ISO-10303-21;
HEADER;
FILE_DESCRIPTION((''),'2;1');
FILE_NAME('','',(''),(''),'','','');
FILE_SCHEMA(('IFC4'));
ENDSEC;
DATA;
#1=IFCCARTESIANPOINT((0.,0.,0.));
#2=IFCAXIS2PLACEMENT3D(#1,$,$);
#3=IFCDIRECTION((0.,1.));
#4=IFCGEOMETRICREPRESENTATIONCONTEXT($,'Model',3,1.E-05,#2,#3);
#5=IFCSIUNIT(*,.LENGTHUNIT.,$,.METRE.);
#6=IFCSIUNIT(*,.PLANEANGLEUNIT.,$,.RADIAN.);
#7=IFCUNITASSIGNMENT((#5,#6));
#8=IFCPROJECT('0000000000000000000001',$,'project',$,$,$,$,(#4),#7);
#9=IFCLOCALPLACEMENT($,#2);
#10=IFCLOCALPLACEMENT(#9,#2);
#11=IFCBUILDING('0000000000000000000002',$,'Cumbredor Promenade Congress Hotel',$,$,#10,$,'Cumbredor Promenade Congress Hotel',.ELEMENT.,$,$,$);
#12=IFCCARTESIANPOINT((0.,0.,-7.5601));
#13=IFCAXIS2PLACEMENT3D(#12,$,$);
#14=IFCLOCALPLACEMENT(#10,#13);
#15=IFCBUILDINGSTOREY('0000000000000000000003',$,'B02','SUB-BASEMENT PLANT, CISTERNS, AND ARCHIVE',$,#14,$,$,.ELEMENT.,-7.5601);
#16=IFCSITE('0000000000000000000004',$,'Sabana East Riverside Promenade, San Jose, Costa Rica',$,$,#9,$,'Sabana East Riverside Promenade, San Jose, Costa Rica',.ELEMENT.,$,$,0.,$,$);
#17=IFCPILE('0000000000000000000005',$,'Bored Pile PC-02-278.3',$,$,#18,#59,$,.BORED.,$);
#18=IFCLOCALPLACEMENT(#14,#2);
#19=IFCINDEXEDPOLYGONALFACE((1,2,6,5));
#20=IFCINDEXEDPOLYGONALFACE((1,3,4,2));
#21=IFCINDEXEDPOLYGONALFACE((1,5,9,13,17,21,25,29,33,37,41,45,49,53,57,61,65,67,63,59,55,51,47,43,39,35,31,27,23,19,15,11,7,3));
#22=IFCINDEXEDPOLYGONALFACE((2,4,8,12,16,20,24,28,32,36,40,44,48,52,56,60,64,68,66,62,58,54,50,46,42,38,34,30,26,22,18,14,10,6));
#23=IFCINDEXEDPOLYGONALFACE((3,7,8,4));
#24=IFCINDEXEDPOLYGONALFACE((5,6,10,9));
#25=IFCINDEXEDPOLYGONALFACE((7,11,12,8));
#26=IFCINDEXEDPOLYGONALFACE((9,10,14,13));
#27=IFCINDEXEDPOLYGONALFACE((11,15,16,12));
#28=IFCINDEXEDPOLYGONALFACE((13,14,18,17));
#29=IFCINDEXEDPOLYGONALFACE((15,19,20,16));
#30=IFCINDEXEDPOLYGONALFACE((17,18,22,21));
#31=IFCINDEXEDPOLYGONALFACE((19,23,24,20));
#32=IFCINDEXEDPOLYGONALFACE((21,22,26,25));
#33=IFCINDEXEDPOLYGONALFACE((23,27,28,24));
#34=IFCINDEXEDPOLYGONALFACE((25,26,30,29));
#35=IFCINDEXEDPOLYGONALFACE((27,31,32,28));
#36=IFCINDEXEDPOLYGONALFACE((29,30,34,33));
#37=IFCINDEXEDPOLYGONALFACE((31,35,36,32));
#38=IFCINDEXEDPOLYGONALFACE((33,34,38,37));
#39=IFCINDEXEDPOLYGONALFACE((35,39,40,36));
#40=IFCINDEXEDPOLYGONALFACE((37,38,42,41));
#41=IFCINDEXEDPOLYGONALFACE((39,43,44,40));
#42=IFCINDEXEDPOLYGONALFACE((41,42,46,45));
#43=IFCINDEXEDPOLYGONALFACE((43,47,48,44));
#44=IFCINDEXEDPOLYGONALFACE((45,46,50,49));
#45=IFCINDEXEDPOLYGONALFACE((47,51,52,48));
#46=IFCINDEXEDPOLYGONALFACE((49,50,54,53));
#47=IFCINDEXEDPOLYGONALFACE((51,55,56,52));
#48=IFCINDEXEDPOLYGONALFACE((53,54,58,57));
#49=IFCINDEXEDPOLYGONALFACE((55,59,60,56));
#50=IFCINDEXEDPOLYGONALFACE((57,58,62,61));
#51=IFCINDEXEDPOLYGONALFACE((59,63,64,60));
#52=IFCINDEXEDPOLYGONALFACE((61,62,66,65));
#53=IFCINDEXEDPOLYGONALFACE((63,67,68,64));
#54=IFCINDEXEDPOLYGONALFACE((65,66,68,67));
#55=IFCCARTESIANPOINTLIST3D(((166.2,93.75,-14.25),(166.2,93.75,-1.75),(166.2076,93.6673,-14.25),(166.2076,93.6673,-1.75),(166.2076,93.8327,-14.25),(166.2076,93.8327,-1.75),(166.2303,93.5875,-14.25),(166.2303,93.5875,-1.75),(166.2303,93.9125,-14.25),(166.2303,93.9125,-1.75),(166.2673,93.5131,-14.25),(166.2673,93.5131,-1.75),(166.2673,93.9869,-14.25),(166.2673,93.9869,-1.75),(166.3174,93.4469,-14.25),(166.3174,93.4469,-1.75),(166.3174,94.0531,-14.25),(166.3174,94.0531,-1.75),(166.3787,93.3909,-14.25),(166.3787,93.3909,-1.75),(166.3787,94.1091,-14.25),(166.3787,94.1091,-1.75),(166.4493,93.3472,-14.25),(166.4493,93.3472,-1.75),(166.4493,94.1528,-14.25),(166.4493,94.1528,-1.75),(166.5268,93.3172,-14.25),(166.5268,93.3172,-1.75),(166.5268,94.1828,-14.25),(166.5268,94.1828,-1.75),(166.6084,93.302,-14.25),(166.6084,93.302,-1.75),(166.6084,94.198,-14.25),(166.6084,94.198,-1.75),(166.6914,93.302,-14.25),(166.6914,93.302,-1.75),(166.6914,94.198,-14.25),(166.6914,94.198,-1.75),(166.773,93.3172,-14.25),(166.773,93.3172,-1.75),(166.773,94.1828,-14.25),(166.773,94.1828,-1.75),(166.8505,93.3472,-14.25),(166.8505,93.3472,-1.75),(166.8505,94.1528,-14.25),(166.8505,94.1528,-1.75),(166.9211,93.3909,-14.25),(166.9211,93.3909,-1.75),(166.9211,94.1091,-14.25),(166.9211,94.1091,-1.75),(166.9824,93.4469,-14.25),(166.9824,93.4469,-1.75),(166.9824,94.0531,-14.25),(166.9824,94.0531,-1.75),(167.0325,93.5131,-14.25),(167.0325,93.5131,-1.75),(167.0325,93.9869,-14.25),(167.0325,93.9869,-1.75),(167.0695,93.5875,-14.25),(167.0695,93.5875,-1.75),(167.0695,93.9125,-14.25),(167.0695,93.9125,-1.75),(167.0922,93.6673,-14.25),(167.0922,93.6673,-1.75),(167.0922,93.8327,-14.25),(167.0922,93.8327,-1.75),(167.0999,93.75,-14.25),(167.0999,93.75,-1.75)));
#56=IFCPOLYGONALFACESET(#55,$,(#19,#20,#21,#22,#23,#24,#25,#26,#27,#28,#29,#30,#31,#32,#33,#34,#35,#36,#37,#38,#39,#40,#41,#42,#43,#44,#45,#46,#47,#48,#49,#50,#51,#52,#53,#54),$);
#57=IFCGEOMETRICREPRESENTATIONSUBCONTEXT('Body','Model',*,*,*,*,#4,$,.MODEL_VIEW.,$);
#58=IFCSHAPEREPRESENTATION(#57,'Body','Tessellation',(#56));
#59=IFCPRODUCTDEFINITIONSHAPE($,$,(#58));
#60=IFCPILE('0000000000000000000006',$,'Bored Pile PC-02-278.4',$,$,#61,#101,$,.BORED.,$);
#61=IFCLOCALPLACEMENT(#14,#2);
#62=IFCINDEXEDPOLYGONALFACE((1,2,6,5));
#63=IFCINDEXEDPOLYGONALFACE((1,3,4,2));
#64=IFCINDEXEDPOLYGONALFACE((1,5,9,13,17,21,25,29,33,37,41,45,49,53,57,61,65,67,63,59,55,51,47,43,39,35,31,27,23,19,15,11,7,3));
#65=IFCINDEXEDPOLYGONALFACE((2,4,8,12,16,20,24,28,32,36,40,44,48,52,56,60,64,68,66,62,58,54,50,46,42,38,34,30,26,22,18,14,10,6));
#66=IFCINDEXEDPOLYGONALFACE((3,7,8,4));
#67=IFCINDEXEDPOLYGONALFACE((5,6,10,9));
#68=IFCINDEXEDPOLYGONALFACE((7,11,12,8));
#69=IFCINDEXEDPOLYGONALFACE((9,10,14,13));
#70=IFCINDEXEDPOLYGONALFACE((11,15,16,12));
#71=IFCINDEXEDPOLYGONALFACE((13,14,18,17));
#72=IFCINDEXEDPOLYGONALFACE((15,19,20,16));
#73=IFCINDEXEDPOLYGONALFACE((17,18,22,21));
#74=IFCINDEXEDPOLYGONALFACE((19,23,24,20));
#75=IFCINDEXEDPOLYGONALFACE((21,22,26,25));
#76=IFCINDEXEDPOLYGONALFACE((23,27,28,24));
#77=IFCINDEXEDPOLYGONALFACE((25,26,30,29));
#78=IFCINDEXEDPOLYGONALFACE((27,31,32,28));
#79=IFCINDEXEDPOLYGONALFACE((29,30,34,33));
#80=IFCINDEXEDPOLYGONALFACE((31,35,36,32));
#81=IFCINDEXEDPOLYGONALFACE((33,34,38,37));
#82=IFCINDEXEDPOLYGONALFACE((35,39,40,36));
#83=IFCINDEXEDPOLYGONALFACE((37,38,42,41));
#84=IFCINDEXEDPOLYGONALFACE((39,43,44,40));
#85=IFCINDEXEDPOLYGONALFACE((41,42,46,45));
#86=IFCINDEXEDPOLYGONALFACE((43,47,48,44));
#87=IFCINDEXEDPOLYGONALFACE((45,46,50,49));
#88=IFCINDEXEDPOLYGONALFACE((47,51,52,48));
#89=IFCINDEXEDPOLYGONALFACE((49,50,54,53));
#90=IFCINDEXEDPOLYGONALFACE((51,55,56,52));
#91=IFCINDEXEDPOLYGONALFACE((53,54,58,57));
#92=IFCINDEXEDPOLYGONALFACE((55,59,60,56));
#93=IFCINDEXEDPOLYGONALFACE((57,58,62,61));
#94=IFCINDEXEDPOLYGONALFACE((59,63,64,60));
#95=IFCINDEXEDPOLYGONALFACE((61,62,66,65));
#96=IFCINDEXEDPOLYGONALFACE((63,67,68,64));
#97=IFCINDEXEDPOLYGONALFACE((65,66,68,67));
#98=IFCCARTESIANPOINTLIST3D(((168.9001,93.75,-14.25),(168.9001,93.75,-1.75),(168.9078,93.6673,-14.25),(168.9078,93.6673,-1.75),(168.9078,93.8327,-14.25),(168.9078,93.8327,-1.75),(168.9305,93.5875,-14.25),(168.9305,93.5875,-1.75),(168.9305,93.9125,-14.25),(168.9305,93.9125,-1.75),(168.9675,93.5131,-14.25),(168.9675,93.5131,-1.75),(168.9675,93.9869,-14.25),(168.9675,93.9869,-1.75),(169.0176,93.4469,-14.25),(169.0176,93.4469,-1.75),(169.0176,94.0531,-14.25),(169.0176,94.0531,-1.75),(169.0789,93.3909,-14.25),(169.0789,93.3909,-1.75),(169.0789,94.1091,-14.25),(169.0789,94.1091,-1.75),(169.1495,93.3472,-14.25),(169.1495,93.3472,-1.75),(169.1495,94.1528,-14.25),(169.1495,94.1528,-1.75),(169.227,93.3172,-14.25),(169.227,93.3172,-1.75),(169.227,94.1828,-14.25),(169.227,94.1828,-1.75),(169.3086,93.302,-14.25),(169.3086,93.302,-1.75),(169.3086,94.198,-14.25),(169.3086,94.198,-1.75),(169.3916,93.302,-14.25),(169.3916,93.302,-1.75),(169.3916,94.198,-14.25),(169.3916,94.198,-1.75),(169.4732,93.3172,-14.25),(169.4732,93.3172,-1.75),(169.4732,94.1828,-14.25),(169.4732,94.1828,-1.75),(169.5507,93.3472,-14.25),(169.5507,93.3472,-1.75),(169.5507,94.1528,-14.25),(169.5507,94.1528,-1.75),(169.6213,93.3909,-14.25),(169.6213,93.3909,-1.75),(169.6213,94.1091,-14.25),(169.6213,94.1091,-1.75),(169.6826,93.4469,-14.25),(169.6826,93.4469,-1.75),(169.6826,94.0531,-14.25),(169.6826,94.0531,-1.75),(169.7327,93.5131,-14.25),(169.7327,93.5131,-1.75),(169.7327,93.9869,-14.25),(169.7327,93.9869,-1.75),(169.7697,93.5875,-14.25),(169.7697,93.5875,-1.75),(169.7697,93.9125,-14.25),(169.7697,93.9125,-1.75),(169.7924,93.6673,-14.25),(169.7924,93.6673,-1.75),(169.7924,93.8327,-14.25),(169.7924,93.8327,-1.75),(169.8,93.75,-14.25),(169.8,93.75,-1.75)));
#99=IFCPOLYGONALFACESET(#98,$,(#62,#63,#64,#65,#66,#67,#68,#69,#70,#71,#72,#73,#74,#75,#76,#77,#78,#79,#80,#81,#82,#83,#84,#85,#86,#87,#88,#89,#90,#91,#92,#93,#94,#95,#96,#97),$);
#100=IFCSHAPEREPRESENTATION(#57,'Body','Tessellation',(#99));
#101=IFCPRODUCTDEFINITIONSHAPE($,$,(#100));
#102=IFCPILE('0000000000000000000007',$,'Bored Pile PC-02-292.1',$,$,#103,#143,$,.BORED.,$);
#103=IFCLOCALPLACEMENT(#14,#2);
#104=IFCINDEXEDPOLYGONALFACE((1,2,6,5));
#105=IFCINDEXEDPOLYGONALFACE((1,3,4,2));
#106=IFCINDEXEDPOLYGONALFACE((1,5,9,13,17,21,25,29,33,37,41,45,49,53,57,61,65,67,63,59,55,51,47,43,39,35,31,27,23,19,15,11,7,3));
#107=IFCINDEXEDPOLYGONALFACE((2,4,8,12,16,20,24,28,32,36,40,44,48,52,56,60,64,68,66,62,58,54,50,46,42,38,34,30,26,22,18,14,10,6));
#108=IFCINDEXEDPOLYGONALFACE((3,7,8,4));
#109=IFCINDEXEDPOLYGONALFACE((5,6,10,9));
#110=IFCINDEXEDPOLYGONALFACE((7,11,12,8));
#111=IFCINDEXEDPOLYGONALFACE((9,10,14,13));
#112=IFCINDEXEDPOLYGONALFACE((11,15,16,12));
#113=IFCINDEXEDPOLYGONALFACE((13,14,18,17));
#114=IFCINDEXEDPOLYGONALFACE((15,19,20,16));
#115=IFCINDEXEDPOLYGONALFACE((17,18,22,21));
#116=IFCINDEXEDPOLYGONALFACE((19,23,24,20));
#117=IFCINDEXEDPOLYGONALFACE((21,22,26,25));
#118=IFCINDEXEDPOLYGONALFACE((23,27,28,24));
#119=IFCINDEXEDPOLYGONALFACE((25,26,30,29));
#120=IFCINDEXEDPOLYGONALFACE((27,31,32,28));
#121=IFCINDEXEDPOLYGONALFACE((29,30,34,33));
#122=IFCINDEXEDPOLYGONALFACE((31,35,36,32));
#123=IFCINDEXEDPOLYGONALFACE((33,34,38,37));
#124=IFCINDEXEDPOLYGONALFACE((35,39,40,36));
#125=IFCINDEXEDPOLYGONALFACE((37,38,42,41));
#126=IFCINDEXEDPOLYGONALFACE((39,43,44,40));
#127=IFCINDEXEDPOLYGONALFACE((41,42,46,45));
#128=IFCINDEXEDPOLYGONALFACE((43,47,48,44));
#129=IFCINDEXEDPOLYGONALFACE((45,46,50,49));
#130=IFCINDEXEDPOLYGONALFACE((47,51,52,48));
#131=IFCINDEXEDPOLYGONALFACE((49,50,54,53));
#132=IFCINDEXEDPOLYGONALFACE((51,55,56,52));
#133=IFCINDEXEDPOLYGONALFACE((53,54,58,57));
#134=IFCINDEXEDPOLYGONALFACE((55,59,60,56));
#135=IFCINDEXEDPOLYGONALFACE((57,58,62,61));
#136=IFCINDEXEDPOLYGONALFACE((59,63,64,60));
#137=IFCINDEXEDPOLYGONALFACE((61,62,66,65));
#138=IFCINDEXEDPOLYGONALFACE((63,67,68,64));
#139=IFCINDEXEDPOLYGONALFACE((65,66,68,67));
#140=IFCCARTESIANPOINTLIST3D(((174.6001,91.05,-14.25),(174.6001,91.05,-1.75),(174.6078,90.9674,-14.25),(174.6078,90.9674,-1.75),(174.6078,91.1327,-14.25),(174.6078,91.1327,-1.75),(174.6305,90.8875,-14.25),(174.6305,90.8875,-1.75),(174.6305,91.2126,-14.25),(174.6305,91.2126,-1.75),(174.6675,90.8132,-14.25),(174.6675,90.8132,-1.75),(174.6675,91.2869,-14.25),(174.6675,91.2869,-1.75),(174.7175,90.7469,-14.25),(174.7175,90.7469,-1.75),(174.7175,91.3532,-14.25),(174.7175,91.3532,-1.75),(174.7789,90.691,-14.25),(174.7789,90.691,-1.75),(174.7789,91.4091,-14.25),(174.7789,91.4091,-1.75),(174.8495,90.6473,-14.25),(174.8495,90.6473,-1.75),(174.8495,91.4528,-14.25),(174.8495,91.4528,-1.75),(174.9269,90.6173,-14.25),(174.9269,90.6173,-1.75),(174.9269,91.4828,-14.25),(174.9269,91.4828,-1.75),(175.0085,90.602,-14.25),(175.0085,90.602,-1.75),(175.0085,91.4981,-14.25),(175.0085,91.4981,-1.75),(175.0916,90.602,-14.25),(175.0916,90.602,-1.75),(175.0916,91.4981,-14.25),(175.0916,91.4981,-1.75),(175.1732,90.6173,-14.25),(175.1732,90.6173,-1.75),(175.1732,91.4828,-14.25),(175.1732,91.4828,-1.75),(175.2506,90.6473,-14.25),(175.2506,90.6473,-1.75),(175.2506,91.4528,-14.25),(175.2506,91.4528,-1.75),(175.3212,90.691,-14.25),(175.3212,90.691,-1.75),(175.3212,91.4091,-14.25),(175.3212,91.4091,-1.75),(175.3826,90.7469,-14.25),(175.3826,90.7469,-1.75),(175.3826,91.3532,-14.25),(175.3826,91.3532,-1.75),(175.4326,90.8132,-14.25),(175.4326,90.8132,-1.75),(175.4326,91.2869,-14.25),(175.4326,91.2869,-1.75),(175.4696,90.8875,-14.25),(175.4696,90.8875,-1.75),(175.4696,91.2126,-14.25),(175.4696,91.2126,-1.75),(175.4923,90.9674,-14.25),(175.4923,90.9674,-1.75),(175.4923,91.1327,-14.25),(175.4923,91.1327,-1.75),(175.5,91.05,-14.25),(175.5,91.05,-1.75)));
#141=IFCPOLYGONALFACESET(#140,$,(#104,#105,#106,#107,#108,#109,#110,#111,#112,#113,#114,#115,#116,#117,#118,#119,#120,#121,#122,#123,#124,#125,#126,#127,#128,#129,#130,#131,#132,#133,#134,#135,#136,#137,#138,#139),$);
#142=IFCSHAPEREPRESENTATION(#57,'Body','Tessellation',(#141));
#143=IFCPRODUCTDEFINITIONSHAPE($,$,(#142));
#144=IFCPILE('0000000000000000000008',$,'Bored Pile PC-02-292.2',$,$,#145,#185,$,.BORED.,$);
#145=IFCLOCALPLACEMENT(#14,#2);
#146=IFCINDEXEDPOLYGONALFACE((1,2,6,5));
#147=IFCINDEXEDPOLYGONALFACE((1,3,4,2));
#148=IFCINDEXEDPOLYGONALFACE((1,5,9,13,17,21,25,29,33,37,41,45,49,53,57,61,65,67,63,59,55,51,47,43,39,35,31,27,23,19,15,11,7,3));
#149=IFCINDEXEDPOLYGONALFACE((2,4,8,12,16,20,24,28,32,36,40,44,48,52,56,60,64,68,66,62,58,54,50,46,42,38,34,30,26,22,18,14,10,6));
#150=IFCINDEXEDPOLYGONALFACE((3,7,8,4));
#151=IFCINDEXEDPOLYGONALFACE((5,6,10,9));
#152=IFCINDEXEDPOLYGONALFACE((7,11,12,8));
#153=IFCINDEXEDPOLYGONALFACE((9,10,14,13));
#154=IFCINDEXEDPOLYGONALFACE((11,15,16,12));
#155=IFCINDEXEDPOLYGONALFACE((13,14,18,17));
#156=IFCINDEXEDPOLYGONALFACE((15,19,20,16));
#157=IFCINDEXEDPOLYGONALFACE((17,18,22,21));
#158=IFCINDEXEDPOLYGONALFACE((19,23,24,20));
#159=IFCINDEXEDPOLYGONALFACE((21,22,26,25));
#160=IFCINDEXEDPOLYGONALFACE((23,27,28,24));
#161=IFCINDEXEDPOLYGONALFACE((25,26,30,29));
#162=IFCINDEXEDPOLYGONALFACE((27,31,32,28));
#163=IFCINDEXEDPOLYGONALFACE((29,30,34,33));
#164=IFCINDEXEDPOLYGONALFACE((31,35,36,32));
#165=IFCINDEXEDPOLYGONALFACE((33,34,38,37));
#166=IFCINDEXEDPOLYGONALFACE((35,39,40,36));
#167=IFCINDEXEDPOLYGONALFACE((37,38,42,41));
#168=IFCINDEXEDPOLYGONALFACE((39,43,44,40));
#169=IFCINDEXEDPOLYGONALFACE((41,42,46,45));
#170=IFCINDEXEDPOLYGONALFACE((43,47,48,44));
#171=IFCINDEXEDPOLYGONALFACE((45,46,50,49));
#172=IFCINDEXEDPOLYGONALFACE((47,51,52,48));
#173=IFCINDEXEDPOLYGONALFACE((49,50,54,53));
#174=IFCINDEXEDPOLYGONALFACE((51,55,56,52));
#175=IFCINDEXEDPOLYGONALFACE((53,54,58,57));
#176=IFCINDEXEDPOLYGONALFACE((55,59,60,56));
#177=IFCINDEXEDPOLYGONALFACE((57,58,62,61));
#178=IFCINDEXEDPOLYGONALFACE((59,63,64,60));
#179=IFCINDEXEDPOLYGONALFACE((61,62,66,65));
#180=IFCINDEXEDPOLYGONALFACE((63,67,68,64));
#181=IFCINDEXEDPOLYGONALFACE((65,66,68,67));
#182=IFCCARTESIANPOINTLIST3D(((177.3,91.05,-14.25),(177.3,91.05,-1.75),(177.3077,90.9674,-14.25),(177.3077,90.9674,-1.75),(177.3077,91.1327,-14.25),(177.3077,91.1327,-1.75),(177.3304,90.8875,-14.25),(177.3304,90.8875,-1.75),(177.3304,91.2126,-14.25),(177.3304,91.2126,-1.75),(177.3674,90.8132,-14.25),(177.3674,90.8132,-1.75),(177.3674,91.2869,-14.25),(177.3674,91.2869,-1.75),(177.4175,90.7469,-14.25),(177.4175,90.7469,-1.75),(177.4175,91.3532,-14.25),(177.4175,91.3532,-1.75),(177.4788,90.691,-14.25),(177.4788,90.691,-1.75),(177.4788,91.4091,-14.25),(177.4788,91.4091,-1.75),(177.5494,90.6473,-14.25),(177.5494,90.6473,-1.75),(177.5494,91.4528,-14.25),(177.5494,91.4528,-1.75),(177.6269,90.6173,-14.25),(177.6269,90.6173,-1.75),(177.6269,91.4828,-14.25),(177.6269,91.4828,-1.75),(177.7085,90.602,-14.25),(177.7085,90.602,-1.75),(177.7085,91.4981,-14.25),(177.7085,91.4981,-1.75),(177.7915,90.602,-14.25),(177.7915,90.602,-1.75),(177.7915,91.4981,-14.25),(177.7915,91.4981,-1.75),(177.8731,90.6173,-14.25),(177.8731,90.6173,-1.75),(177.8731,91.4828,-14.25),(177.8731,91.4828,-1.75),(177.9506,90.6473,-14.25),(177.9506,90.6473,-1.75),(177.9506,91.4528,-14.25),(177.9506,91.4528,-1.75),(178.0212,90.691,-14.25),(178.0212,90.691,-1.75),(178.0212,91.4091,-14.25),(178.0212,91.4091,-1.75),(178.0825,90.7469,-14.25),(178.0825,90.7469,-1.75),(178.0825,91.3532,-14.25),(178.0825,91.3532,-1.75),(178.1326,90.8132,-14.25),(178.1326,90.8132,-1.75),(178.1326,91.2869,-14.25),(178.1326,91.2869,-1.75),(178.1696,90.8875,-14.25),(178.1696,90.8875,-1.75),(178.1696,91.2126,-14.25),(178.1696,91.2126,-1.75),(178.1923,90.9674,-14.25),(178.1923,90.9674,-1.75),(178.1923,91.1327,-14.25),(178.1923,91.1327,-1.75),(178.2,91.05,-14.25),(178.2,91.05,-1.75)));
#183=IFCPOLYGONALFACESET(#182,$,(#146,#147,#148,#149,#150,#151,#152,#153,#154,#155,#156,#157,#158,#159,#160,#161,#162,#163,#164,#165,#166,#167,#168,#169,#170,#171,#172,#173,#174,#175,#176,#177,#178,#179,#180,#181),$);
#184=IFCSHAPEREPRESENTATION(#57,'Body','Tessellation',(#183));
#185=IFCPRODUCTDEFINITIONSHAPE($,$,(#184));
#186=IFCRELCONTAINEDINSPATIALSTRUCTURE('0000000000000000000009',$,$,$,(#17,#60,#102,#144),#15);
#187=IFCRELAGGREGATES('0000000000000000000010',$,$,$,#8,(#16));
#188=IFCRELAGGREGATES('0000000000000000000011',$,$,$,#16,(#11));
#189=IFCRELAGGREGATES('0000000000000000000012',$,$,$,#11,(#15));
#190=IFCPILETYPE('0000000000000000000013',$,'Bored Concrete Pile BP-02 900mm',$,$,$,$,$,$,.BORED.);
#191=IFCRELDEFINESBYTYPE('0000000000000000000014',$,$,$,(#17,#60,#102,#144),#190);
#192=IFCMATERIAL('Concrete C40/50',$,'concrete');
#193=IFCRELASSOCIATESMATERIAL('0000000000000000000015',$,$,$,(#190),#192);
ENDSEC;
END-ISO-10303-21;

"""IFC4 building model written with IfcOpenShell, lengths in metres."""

from ifc_helpers import new_model, si_unit, direction, frame, origin, origin_2d, place, context, subcontext, project, spatial, circle, extrude, material, material_profile, profile_set, type_object, element, save


model = new_model("IFC4")

# Units and contexts
model_context = context("Model", 3, precision=1e-05, world=origin(), true_north=direction((0.0, 1.0)))
body_context = subcontext(model_context, "Body", "Model", "MODEL_VIEW")
ifc_project = project(units=[si_unit("LENGTHUNIT", "METRE"), si_unit("PLANEANGLEUNIT", "RADIAN")], contexts=[model_context])

# Site, building, storey
site_placement = place(None, origin())
site = spatial("IfcSite", under=ifc_project, at=site_placement, Name="Sabana East Riverside Promenade, San Jose, Costa Rica", LongName="Sabana East Riverside Promenade, San Jose, Costa Rica", CompositionType="ELEMENT", RefElevation=0.0)
building_placement = place(site_placement, origin())
building = spatial("IfcBuilding", under=site, at=building_placement, Name="Cumbredor Promenade Congress Hotel", LongName="Cumbredor Promenade Congress Hotel", CompositionType="ELEMENT")
storey_placement = place(building_placement, frame((0.0, 0.0, -7.5601)))
storey = spatial("IfcBuildingStorey", under=building, at=storey_placement, Name="B02", Description="SUB-BASEMENT PLANT, CISTERNS, AND ARCHIVE", CompositionType="ELEMENT", Elevation=-7.5601)

# Piles
ifc_material_1 = material(Name="Concrete C40/50", Category="concrete")
ifc_material_profile_1 = material_profile(ifc_material_1, circle(Radius=0.45, at=origin_2d()), Name="PILE D900")
ifc_profile_set_1 = profile_set([ifc_material_profile_1], Name="Concrete C40/50")
pile_type = type_object("IfcPileType", Name="Bored Concrete Pile BP-02 900mm", PredefinedType="BORED", material=ifc_profile_set_1)
for number, where, z_axis, x_axis, name in (
    (1, (166.6499, 93.75, -1.75), (0.0, 0.0, -1.0), (1.0, 0.0, 0.0), "Bored Pile PC-02-278.3"),
    (2, (169.3501, 93.75, -1.75), (0.0, 0.0, -1.0), (1.0, 0.0, 0.0), "Bored Pile PC-02-278.4"),
    (3, (175.05, 91.05, -1.75), (0.0, 0.0, -1.0), (1.0, 0.0, 0.0), "Bored Pile PC-02-292.1"),
    (4, (177.75, 91.05, -1.75), (0.0, 0.0, -1.0), (1.0, 0.0, 0.0), "Bored Pile PC-02-292.2"),
):
    element("IfcPile", number, at=place(storey_placement, frame(where, z_axis=z_axis, x_axis=x_axis)), inside=storey, type_object=pile_type, Name=name, PredefinedType="BORED", context=body_context, shape_type="SweptSolid", body=[
        extrude(circle(Radius=0.45, at=origin_2d()), origin(), (0.0, 0.0, 1.0), 12.5),
    ])

save(model, "model.ifc")
